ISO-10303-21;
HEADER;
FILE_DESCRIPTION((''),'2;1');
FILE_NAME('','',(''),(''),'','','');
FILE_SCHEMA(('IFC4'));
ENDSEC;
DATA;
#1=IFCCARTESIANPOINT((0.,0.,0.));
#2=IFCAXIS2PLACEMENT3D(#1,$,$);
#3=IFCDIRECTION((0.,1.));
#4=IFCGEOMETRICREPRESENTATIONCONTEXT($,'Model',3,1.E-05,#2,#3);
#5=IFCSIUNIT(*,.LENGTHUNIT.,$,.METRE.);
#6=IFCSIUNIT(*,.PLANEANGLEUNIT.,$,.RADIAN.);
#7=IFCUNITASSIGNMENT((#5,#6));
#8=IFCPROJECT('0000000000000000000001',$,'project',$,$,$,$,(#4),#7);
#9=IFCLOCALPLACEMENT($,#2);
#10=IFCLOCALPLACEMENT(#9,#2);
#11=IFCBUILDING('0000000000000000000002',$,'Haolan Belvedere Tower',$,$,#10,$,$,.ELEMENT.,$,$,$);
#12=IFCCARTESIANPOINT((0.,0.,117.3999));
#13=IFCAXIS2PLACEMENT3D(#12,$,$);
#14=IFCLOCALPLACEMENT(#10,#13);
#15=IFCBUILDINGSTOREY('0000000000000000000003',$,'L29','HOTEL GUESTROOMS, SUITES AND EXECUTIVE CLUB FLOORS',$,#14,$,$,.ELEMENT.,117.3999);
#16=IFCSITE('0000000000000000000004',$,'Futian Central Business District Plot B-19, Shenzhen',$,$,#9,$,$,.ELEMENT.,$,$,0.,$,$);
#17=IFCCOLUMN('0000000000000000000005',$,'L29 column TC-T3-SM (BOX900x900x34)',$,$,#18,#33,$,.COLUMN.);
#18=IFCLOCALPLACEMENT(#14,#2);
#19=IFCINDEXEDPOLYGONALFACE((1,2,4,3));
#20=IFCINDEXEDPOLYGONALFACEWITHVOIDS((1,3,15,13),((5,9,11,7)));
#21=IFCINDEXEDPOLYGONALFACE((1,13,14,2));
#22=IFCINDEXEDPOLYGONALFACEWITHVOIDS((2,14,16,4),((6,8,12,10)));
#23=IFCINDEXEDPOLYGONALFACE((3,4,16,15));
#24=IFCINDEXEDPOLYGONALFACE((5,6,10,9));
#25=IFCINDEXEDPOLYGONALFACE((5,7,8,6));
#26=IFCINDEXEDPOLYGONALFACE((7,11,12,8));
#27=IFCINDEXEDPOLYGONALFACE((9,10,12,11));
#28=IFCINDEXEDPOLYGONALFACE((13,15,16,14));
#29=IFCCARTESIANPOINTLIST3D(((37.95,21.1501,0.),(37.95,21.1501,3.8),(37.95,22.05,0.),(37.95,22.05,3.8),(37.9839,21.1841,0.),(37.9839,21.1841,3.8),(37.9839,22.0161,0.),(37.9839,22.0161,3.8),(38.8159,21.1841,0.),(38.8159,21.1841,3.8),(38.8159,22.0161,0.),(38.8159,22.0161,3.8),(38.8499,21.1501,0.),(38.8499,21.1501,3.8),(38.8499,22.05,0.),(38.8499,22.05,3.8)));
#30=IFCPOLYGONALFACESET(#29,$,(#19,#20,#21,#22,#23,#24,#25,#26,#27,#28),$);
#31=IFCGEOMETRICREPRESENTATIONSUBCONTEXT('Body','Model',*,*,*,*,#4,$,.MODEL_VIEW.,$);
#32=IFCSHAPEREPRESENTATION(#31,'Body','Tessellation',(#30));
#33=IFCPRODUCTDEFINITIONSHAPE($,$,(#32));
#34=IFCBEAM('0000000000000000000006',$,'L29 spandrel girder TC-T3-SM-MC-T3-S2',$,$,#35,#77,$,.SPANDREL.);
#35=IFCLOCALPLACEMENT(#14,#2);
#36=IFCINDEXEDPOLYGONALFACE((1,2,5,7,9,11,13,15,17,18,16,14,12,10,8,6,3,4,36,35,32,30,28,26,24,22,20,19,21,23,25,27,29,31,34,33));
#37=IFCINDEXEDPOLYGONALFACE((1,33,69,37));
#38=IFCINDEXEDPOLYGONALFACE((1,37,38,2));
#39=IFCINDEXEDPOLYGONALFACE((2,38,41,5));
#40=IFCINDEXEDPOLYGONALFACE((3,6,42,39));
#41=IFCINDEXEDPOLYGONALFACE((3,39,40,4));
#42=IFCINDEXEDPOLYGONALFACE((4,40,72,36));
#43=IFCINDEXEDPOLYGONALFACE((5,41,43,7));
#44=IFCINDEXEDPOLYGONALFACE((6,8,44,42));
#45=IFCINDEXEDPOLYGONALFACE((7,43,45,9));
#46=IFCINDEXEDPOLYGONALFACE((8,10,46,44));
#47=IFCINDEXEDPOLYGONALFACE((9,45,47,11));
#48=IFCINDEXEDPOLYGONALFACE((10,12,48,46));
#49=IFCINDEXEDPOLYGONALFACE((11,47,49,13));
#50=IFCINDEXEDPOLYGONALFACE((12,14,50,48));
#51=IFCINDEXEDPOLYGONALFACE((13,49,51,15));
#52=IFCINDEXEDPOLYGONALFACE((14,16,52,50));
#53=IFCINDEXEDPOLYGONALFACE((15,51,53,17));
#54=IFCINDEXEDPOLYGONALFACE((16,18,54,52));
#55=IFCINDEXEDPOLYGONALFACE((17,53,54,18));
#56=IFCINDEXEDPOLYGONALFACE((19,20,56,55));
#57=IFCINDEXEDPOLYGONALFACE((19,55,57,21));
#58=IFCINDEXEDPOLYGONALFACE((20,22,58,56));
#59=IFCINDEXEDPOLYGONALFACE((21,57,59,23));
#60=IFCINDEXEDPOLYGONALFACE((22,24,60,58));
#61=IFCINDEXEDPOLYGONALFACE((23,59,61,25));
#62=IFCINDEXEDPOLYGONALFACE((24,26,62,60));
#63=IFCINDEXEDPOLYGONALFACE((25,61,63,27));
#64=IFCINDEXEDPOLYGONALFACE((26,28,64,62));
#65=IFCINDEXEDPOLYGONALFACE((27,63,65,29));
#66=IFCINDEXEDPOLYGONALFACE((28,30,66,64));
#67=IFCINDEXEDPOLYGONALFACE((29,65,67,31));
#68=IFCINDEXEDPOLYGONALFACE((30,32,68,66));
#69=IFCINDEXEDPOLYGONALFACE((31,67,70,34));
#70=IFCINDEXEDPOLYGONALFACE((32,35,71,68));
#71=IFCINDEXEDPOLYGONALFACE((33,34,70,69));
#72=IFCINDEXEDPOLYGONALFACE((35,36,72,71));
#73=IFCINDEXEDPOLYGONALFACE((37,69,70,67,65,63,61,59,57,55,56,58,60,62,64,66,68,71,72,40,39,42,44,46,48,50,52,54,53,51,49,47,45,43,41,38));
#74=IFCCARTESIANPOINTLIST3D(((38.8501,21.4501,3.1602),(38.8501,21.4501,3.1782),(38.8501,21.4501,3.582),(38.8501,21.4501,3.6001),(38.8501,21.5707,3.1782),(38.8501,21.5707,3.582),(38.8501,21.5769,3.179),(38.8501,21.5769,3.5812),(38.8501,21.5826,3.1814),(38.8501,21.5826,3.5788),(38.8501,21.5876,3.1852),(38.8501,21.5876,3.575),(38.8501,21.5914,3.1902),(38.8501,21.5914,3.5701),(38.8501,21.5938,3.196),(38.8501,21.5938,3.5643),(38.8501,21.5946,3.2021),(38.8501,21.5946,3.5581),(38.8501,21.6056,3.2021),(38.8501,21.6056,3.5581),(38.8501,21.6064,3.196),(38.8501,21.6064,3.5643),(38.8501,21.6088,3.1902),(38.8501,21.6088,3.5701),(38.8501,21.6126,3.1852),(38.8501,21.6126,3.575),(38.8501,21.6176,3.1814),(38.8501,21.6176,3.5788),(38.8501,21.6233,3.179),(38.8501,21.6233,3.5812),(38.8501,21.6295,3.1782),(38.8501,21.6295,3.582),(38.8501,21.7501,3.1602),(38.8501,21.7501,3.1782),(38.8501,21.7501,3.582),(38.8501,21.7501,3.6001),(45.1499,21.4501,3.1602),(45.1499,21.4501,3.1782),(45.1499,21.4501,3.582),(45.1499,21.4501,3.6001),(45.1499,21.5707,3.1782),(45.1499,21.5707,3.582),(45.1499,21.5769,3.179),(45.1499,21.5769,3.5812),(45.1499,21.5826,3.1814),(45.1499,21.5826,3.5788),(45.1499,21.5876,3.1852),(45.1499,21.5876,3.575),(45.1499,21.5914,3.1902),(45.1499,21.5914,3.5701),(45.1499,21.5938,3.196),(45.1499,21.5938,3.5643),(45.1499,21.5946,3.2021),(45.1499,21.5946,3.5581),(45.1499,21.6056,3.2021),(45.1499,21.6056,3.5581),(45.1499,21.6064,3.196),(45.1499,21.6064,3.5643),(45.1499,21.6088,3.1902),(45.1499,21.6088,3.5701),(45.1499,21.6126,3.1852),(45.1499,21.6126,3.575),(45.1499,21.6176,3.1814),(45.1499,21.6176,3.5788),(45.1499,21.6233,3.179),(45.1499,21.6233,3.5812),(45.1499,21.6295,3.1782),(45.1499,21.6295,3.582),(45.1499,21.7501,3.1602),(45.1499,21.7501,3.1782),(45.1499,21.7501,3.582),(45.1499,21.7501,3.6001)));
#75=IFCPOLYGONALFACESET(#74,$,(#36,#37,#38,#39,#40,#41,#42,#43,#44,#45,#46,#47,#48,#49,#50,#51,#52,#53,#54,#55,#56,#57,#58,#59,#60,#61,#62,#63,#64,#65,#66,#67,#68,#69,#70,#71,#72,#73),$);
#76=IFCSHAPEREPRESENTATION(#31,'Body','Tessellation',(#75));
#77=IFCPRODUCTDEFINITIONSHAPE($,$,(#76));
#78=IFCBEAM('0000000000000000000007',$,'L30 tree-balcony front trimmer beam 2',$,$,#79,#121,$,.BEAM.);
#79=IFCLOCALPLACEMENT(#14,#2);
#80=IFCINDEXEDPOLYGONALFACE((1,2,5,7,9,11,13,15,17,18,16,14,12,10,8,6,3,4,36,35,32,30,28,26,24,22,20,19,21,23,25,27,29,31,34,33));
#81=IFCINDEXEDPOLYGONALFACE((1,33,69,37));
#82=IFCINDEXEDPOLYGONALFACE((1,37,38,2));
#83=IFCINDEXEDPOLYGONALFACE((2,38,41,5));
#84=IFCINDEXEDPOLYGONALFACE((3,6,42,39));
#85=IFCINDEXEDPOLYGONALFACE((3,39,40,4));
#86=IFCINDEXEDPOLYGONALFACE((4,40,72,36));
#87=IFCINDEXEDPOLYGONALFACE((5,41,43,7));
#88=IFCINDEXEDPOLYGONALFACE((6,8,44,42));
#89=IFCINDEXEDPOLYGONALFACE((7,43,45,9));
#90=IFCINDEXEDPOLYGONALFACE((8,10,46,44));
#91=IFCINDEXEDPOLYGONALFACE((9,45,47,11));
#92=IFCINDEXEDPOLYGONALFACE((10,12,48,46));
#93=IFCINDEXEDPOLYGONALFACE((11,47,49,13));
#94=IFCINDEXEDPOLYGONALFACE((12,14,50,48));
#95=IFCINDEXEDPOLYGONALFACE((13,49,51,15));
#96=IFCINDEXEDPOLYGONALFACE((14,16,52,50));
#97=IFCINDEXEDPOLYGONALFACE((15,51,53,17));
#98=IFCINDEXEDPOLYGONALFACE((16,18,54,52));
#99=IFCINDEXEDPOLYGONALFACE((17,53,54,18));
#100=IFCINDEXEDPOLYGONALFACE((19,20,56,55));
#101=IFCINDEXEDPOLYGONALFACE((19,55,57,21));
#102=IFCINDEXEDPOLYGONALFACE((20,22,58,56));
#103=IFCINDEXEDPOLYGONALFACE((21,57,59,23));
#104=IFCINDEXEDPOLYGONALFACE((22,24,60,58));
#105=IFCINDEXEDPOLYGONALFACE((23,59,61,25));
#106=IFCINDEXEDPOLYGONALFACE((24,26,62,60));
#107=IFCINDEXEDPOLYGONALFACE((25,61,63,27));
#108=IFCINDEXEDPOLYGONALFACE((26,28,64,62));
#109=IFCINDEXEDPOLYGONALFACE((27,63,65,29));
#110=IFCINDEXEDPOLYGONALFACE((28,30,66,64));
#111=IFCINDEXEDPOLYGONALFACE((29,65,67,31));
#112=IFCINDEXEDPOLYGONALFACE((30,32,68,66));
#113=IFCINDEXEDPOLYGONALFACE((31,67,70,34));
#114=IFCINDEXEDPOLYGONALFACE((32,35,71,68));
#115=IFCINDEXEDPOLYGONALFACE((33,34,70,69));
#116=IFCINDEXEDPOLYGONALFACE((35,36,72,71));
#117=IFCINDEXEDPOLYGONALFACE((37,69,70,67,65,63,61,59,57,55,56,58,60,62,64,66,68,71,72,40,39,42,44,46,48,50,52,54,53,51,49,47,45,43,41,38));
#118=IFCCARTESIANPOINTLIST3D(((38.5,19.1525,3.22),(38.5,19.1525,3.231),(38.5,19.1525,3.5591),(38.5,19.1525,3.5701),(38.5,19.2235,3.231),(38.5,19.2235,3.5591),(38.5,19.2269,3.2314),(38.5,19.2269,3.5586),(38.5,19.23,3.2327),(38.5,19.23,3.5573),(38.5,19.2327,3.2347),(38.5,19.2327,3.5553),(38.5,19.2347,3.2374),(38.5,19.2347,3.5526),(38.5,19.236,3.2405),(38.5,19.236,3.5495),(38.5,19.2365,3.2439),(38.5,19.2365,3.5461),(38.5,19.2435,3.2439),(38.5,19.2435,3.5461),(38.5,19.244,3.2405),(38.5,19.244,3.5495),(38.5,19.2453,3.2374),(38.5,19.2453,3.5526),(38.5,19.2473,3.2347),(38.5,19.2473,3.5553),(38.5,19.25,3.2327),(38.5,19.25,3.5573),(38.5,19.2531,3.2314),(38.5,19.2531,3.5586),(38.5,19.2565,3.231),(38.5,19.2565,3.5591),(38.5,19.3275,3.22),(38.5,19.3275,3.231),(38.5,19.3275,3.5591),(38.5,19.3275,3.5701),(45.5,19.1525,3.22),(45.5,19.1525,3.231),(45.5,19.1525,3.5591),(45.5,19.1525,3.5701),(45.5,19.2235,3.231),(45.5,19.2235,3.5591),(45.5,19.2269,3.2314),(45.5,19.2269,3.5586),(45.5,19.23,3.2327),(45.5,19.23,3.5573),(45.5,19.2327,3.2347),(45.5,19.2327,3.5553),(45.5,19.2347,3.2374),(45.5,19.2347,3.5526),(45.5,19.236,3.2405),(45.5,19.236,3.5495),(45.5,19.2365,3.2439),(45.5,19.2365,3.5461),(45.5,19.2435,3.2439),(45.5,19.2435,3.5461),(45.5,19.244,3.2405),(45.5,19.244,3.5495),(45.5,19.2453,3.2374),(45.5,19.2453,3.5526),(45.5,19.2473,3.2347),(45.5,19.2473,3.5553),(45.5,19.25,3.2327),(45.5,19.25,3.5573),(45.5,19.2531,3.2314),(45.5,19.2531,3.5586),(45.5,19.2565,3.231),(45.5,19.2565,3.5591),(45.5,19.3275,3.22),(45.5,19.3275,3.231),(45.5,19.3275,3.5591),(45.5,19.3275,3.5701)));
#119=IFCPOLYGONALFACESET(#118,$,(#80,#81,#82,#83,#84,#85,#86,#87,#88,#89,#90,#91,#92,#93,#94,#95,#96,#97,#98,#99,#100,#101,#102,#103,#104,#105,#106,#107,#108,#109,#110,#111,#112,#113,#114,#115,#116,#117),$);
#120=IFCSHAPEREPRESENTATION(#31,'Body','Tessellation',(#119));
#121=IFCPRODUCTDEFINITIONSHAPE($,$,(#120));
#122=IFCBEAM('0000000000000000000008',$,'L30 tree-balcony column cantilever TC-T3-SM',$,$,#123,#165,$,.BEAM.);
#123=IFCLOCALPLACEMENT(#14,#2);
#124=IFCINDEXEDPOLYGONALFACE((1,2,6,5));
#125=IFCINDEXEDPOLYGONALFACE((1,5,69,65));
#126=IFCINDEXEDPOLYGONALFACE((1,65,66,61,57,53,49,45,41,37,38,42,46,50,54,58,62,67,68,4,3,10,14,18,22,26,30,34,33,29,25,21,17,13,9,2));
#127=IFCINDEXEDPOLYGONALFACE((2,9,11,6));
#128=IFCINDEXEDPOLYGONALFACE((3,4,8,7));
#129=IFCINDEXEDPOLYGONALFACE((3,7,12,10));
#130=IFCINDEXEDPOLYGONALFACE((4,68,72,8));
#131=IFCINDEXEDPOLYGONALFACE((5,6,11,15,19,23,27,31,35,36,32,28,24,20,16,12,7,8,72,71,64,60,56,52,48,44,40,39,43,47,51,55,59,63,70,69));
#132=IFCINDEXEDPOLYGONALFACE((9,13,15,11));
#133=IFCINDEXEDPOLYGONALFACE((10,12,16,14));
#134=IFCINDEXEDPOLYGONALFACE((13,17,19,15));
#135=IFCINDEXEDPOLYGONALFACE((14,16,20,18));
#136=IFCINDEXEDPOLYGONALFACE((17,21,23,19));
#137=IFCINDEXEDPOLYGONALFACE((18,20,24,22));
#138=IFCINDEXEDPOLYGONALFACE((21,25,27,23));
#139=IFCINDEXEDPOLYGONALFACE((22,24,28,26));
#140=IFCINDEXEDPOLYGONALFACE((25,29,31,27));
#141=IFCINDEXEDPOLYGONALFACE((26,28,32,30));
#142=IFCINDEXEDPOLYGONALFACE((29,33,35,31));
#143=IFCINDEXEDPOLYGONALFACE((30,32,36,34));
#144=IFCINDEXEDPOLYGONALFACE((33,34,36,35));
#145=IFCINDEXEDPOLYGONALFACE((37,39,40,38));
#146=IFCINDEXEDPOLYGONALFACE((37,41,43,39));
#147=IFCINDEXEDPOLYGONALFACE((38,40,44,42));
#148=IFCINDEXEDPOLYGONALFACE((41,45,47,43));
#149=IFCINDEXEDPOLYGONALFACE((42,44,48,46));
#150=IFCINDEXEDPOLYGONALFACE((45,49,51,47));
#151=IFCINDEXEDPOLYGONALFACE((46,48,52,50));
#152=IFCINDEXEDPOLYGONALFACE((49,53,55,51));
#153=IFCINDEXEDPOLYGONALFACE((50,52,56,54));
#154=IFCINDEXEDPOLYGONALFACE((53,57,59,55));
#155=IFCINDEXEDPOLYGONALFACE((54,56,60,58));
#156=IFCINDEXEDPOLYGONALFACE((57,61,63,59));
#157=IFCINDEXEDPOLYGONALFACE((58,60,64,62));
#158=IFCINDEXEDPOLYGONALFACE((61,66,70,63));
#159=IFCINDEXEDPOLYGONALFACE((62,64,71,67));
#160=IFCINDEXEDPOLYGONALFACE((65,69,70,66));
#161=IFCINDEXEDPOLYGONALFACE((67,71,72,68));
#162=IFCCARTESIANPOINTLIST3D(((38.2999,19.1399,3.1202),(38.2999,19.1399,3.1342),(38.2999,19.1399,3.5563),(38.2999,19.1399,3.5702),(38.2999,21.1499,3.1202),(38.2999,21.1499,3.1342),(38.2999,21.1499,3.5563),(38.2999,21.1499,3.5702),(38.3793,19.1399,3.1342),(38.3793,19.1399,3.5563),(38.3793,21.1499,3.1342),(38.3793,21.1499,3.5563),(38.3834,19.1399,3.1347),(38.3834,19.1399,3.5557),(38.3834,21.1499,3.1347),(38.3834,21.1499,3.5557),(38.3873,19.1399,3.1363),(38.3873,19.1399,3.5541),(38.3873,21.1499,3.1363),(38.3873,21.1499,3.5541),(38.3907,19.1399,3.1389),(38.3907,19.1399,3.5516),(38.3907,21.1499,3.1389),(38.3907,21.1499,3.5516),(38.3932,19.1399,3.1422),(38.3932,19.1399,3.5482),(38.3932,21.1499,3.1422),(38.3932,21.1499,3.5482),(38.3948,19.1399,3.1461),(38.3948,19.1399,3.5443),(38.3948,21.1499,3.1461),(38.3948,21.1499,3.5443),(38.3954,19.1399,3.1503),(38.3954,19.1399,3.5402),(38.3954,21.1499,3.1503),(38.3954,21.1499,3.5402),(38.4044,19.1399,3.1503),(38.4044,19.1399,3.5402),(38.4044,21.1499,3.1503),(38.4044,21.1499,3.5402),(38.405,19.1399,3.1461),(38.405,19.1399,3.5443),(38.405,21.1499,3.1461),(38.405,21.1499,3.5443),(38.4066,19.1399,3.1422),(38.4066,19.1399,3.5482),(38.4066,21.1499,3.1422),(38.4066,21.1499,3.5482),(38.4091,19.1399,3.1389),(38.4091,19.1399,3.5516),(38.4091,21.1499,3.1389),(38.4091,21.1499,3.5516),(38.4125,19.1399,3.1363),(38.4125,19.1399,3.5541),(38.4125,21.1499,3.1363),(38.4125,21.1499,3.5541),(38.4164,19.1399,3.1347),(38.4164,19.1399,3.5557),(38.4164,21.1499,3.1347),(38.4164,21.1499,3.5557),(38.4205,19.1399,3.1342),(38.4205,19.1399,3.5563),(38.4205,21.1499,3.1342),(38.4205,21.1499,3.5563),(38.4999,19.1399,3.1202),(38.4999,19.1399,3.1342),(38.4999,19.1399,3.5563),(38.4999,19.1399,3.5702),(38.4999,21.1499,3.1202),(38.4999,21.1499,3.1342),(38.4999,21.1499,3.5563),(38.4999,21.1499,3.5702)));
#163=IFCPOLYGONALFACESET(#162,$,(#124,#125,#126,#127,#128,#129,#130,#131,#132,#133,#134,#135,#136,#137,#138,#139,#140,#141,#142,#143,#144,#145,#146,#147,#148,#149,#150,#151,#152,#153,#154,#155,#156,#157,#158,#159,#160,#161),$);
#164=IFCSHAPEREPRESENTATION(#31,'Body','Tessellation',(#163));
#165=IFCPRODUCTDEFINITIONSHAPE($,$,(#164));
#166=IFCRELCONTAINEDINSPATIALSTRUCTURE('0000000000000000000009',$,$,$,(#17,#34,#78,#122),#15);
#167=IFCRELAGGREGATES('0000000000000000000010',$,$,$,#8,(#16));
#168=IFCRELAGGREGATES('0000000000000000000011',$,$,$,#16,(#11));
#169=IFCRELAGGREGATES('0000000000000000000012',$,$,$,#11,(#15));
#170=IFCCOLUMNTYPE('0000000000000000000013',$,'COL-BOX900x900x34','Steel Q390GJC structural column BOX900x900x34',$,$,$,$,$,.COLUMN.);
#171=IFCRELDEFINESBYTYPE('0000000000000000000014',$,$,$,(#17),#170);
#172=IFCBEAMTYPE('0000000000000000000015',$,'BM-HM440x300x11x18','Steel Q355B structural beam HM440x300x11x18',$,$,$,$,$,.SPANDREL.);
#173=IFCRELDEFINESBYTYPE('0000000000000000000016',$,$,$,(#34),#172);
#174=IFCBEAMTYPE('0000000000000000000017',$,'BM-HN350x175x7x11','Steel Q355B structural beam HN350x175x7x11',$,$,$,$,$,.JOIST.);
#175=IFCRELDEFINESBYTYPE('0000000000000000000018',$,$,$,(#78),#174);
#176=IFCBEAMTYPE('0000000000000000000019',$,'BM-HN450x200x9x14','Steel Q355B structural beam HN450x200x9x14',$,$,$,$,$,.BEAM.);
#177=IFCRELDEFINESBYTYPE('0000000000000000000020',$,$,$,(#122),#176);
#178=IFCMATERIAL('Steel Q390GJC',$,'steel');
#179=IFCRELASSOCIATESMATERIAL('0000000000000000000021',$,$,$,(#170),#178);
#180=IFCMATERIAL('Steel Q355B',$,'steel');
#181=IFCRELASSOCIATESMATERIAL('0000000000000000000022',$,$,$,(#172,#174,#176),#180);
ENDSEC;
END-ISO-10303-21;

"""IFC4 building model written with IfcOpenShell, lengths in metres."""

from ifc_helpers import new_model, si_unit, direction, frame, origin, origin_2d, place, context, subcontext, project, spatial, hollow_rectangle, i_section, extrude, material, material_profile, profile_set, type_object, element, save


model = new_model("IFC4")

# Units and contexts
model_context = context("Model", 3, precision=1e-05, world=origin(), true_north=direction((0.0, 1.0)))
body_context = subcontext(model_context, "Body", "Model", "MODEL_VIEW")
ifc_project = project(units=[si_unit("LENGTHUNIT", "METRE"), si_unit("PLANEANGLEUNIT", "RADIAN")], contexts=[model_context])

# Site, building, storey
site_placement = place(None, origin())
site = spatial("IfcSite", under=ifc_project, at=site_placement, Name="Futian Central Business District Plot B-19, Shenzhen", CompositionType="ELEMENT", RefElevation=0.0)
building_placement = place(site_placement, origin())
building = spatial("IfcBuilding", under=site, at=building_placement, Name="Haolan Belvedere Tower", CompositionType="ELEMENT")
storey_placement = place(building_placement, frame((0.0, 0.0, 117.3999)))
storey = spatial("IfcBuildingStorey", under=building, at=storey_placement, Name="L29", Description="HOTEL GUESTROOMS, SUITES AND EXECUTIVE CLUB FLOORS", CompositionType="ELEMENT", Elevation=117.3999)

# Column
ifc_material_1 = material(Name="Steel Q390GJC", Category="steel")
ifc_material_profile_1 = material_profile(ifc_material_1, hollow_rectangle(XDim=0.8999, YDim=0.8999, WallThickness=0.0339, at=origin_2d()), Name="Steel Q390GJC")
ifc_profile_set_1 = profile_set([ifc_material_profile_1], Name="Steel Q390GJC")
column_type = type_object("IfcColumnType", Name="COL-BOX900x900x34", Description="Steel Q390GJC structural column BOX900x900x34", PredefinedType="COLUMN", material=ifc_profile_set_1)
column_placement = place(storey_placement, frame((38.3999, 21.6001, 0.0), z_axis=(0.0, 0.0, 1.0), x_axis=(1.0, 0.0, 0.0)))
element("IfcColumn", 1, at=column_placement, inside=storey, type_object=column_type, Name="L29 column TC-T3-SM (BOX900x900x34)", PredefinedType="COLUMN", context=body_context, shape_type="SweptSolid", body=[
    extrude(hollow_rectangle(XDim=0.8999, YDim=0.8999, WallThickness=0.0339, at=origin_2d()), origin(), (0.0, 0.0, 1.0), 3.8),
])

# Beams
ifc_material_2 = material(Name="Steel Q355B", Category="steel")
ifc_material_profile_2 = material_profile(ifc_material_2, i_section(OverallWidth=0.3, OverallDepth=0.4399, WebThickness=0.011, FlangeThickness=0.0181, FilletRadius=0.0239, at=origin_2d()), Name="Steel Q355B")
ifc_profile_set_2 = profile_set([ifc_material_profile_2], Name="Steel Q355B")
beam_type_1 = type_object("IfcBeamType", Name="BM-HM440x300x11x18", Description="Steel Q355B structural beam HM440x300x11x18", PredefinedType="SPANDREL", material=ifc_profile_set_2)
beam_1_placement = place(storey_placement, frame((38.8501, 21.6001, 3.3801), z_axis=(1.0, 0.0, 0.0), x_axis=(0.0, 1.0, 0.0)))
element("IfcBeam", 2, at=beam_1_placement, inside=storey, type_object=beam_type_1, Name="L29 spandrel girder TC-T3-SM-MC-T3-S2", PredefinedType="SPANDREL", context=body_context, shape_type="SweptSolid", body=[
    extrude(i_section(OverallWidth=0.3, OverallDepth=0.4399, WebThickness=0.011, FlangeThickness=0.0181, FilletRadius=0.0239, at=origin_2d()), origin(), (0.0, 0.0, 1.0), 6.2998),
])
ifc_material_profile_3 = material_profile(ifc_material_2, i_section(OverallWidth=0.175, OverallDepth=0.3501, WebThickness=0.0071, FlangeThickness=0.011, FilletRadius=0.0129, at=origin_2d()), Name="Steel Q355B")
ifc_profile_set_3 = profile_set([ifc_material_profile_3], Name="Steel Q355B")
beam_type_2 = type_object("IfcBeamType", Name="BM-HN350x175x7x11", Description="Steel Q355B structural beam HN350x175x7x11", PredefinedType="JOIST", material=ifc_profile_set_3)
beam_2_placement = place(storey_placement, frame((38.5, 19.24, 3.395), z_axis=(1.0, 0.0, 0.0), x_axis=(0.0, 1.0, 0.0)))
element("IfcBeam", 3, at=beam_2_placement, inside=storey, type_object=beam_type_2, Name="L30 tree-balcony front trimmer beam 2", PredefinedType="BEAM", context=body_context, shape_type="SweptSolid", body=[
    extrude(i_section(OverallWidth=0.175, OverallDepth=0.3501, WebThickness=0.0071, FlangeThickness=0.011, FilletRadius=0.0129, at=origin_2d()), origin(), (0.0, 0.0, 1.0), 7.0),
])
ifc_material_profile_4 = material_profile(ifc_material_2, i_section(OverallWidth=0.2, OverallDepth=0.45, WebThickness=0.009, FlangeThickness=0.0139, FilletRadius=0.0161, at=origin_2d()), Name="Steel Q355B")
ifc_profile_set_4 = profile_set([ifc_material_profile_4], Name="Steel Q355B")
beam_type_3 = type_object("IfcBeamType", Name="BM-HN450x200x9x14", Description="Steel Q355B structural beam HN450x200x9x14", PredefinedType="BEAM", material=ifc_profile_set_4)
beam_3_placement = place(storey_placement, frame((38.3999, 21.1499, 3.3452), z_axis=(0.0, -1.0, 0.0), x_axis=(1.0, 0.0, 0.0)))
element("IfcBeam", 4, at=beam_3_placement, inside=storey, type_object=beam_type_3, Name="L30 tree-balcony column cantilever TC-T3-SM", PredefinedType="BEAM", context=body_context, shape_type="SweptSolid", body=[
    extrude(i_section(OverallWidth=0.2, OverallDepth=0.45, WebThickness=0.009, FlangeThickness=0.0139, FilletRadius=0.0161, at=origin_2d()), origin(), (0.0, 0.0, 1.0), 2.01),
])

save(model, "model.ifc")
